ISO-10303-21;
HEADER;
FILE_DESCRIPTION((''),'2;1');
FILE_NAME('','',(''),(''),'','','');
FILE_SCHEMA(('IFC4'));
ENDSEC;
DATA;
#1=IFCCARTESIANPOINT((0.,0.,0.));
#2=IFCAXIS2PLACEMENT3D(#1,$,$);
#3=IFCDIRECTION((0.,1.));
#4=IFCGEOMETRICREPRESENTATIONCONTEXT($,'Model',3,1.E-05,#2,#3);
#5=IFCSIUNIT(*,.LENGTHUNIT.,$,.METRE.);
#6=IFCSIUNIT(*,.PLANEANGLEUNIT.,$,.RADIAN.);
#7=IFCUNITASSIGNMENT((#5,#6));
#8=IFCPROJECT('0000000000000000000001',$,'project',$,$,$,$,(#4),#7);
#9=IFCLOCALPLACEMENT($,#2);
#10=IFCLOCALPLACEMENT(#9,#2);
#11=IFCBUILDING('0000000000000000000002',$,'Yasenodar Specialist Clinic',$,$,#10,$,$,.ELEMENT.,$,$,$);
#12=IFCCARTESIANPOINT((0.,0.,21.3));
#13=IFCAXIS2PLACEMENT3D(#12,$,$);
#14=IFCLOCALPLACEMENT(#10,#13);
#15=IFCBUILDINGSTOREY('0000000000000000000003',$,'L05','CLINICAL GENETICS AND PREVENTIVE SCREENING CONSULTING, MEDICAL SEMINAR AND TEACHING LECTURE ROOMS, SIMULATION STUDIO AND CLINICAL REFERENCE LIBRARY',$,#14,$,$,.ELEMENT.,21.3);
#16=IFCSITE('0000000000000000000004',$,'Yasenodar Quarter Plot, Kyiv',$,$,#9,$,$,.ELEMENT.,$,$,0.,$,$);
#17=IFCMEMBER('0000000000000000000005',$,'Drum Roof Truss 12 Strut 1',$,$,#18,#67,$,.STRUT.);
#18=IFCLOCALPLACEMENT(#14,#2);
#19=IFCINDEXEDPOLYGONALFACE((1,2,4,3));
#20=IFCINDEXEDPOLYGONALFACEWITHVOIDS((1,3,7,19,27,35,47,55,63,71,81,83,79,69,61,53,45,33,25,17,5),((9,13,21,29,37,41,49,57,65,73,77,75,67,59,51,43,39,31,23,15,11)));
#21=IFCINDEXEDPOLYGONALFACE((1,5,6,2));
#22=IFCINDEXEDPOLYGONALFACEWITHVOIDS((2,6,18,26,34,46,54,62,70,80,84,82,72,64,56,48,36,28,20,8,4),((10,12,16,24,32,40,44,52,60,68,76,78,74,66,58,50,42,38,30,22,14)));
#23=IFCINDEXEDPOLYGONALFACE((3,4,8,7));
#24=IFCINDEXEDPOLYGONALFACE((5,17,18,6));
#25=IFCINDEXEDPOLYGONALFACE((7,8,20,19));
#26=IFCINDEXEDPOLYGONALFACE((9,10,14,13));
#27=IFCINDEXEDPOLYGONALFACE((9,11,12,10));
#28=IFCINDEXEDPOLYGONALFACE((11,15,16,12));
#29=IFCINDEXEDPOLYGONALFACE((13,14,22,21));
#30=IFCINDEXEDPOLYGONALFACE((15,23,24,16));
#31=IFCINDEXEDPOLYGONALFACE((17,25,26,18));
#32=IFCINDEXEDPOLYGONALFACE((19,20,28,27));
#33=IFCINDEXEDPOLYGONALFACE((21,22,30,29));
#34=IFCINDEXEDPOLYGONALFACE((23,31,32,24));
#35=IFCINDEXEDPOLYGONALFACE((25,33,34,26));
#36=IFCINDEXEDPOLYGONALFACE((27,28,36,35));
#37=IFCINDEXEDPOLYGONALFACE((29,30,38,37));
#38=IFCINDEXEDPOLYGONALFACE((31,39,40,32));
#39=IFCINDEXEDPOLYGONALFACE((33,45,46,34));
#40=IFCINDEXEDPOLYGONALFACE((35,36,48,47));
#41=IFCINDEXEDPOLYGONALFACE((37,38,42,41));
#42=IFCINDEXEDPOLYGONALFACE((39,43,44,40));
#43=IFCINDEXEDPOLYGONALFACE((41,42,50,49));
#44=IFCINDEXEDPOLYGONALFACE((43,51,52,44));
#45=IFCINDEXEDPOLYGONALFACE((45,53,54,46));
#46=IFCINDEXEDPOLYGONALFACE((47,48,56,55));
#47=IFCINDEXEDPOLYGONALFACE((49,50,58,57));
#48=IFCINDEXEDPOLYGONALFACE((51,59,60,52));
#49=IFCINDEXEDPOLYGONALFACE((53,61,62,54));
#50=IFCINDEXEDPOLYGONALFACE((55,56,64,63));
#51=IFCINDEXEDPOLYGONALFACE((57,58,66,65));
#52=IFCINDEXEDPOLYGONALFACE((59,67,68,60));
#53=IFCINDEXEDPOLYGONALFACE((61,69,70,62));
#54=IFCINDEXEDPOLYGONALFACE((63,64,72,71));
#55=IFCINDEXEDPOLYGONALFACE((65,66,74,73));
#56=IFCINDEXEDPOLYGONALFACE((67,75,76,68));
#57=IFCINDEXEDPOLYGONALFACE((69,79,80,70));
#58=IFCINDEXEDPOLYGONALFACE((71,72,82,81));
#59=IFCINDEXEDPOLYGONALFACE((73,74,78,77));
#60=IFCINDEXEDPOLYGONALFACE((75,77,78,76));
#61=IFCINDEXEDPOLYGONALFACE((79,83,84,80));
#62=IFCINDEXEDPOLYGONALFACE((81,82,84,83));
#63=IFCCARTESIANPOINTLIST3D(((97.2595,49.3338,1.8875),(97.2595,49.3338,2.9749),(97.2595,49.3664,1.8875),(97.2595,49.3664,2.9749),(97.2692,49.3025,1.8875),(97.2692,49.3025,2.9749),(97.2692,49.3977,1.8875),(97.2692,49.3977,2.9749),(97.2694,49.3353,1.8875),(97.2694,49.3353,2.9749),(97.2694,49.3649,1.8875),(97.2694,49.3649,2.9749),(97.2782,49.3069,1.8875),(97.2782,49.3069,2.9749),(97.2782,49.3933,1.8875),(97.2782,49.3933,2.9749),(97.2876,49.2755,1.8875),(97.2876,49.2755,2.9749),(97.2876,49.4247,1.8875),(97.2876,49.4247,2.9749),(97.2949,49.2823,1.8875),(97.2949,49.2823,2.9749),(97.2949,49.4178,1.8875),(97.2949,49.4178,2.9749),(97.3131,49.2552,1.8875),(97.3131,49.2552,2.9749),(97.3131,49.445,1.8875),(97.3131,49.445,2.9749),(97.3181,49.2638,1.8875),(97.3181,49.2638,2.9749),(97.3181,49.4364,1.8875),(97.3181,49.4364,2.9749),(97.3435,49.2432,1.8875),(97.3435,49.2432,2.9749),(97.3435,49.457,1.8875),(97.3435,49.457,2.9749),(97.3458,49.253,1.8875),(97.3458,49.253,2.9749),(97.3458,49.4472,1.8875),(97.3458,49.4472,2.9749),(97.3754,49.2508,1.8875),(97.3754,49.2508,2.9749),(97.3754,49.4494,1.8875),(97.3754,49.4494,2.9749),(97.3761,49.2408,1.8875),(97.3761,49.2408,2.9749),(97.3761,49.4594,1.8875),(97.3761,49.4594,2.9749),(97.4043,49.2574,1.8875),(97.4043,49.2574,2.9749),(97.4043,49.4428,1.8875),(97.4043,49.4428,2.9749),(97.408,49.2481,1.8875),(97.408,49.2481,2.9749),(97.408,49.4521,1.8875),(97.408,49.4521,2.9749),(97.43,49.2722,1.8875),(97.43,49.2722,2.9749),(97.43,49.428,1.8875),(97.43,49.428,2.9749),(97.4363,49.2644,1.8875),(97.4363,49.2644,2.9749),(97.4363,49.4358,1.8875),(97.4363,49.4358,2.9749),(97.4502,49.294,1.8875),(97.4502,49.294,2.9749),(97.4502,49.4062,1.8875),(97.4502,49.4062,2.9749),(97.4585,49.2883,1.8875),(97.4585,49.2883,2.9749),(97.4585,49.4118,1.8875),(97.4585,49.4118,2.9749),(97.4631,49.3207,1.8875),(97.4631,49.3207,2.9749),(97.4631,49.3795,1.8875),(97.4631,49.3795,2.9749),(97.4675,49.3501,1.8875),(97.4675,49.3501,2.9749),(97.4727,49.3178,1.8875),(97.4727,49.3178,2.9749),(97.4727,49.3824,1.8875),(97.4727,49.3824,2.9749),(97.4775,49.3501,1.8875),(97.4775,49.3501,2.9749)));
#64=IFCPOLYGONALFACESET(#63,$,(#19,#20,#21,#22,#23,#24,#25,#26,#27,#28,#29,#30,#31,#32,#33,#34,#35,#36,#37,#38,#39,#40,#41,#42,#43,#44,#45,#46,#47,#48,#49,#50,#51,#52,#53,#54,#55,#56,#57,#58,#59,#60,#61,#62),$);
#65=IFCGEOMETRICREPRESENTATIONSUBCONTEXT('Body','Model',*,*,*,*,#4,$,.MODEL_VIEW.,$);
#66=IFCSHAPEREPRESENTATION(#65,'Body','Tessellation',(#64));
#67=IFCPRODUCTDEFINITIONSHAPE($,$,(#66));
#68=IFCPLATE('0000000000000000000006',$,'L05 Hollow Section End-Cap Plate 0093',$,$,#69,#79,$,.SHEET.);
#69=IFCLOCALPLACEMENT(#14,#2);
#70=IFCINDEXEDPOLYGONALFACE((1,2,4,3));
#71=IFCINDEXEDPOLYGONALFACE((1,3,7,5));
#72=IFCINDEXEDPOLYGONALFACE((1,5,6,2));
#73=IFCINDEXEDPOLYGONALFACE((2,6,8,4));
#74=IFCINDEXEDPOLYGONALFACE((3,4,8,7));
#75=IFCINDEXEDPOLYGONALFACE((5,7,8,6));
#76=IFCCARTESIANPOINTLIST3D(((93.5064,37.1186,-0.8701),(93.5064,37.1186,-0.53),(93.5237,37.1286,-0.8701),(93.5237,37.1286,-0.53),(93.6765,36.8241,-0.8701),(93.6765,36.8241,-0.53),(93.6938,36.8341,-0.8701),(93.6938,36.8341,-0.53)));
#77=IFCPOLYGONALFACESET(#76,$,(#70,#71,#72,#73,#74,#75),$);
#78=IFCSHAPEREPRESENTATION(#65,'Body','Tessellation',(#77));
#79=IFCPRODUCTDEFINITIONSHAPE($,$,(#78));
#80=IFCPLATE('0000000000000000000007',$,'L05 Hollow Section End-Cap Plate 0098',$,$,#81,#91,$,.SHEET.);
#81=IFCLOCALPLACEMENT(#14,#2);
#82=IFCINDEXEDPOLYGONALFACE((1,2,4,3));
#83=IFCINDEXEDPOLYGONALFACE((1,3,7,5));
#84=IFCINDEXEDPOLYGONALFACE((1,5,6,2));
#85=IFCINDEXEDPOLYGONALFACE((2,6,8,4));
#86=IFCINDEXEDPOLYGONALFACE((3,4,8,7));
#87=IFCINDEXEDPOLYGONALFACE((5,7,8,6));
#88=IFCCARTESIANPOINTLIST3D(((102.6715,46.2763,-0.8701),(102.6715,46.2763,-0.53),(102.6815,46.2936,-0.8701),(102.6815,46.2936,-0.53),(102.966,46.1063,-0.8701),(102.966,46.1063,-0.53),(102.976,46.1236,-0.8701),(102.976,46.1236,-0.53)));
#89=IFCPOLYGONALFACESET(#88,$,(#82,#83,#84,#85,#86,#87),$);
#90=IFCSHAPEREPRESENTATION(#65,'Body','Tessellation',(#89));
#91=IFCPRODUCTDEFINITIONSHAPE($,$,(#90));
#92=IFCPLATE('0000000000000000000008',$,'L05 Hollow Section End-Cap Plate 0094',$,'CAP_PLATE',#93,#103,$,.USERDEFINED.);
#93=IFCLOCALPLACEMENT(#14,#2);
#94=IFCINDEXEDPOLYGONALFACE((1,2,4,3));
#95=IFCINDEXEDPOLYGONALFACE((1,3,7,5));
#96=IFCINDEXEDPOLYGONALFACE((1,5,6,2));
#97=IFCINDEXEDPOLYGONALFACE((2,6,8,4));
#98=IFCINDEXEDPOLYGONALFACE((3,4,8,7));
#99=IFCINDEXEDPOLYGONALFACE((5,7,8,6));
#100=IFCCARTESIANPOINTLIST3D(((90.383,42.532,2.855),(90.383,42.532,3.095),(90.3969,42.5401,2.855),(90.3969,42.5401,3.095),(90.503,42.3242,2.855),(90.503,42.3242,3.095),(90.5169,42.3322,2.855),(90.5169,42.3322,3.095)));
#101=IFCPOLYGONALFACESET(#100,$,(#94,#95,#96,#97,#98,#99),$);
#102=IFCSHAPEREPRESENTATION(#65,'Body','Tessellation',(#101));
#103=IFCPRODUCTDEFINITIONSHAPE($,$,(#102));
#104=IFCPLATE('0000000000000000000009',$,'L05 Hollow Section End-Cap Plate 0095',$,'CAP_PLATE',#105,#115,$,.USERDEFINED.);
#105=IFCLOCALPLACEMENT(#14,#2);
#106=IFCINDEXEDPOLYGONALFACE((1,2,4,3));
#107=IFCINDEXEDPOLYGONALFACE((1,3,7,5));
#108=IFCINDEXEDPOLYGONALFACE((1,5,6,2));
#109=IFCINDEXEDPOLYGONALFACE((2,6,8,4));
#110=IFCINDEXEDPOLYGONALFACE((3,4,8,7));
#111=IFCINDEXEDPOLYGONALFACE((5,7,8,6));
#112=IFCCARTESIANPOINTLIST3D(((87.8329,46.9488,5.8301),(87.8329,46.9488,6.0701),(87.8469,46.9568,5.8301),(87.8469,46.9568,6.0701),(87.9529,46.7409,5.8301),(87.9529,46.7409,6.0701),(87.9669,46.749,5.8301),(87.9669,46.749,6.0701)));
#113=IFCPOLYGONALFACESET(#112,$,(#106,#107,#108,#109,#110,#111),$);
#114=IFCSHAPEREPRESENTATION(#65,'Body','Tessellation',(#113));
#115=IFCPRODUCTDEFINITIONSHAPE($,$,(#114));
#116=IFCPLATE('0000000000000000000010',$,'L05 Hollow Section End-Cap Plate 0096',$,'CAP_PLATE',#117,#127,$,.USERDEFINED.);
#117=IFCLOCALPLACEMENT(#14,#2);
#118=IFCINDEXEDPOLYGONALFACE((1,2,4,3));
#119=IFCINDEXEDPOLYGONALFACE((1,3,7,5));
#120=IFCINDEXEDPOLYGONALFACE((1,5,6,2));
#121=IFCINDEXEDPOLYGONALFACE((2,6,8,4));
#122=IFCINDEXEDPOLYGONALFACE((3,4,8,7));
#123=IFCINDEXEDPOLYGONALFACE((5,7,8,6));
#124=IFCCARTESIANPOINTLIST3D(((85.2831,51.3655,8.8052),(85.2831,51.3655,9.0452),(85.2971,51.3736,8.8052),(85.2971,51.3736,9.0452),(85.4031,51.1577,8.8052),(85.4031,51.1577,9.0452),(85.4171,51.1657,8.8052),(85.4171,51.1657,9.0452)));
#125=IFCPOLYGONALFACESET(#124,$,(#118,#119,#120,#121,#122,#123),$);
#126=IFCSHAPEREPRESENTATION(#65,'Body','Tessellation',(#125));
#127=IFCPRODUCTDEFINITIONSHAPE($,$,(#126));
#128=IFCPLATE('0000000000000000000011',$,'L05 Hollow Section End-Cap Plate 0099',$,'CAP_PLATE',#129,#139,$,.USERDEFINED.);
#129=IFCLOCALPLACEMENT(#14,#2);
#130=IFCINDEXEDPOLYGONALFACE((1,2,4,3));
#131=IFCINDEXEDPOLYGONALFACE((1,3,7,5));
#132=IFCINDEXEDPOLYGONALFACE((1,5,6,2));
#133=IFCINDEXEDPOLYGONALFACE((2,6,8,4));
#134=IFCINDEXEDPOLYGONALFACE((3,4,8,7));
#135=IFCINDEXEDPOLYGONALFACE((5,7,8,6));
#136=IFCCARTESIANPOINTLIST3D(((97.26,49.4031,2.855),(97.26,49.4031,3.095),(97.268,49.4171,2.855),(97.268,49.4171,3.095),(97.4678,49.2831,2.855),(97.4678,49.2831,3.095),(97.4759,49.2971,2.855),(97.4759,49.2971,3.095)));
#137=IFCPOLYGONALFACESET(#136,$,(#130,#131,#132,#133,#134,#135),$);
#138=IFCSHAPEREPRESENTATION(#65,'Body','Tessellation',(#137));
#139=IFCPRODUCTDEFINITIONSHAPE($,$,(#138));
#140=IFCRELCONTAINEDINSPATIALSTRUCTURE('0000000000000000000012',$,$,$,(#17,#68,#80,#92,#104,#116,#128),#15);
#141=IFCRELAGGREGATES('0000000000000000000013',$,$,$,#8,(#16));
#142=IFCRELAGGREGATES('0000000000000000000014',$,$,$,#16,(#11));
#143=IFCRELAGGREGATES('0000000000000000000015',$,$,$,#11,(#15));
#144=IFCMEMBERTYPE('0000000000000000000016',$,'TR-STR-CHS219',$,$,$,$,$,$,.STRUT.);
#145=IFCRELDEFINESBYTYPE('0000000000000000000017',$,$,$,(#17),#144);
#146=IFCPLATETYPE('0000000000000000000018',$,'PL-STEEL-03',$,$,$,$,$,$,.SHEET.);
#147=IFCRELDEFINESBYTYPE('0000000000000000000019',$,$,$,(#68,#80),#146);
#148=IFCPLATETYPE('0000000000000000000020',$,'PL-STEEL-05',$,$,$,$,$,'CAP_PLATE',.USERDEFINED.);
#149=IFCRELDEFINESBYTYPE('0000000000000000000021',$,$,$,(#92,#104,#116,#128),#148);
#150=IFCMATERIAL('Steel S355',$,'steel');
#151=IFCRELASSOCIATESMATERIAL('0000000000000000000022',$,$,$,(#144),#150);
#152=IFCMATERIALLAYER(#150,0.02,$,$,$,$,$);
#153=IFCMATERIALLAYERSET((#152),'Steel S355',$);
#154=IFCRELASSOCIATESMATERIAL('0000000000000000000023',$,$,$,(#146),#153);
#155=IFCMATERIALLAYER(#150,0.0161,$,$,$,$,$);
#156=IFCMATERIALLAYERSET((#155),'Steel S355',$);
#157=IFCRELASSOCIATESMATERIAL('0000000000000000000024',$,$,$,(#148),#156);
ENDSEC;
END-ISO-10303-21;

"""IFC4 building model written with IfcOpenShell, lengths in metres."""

from ifc_helpers import new_model, si_unit, direction, frame, origin, origin_2d, place, context, subcontext, project, spatial, rectangle, hollow_circle, extrude, material, layer, layer_set, material_profile, profile_set, type_object, element, save


model = new_model("IFC4")

# Units and contexts
model_context = context("Model", 3, precision=1e-05, world=origin(), true_north=direction((0.0, 1.0)))
body_context = subcontext(model_context, "Body", "Model", "MODEL_VIEW")
ifc_project = project(units=[si_unit("LENGTHUNIT", "METRE"), si_unit("PLANEANGLEUNIT", "RADIAN")], contexts=[model_context])

# Site, building, storey
site_placement = place(None, origin())
site = spatial("IfcSite", under=ifc_project, at=site_placement, Name="Yasenodar Quarter Plot, Kyiv", CompositionType="ELEMENT", RefElevation=0.0)
building_placement = place(site_placement, origin())
building = spatial("IfcBuilding", under=site, at=building_placement, Name="Yasenodar Specialist Clinic", CompositionType="ELEMENT")
storey_placement = place(building_placement, frame((0.0, 0.0, 21.3)))
storey = spatial("IfcBuildingStorey", under=building, at=storey_placement, Name="L05", Description="CLINICAL GENETICS AND PREVENTIVE SCREENING CONSULTING, MEDICAL SEMINAR AND TEACHING LECTURE ROOMS, SIMULATION STUDIO AND CLINICAL REFERENCE LIBRARY", CompositionType="ELEMENT", Elevation=21.3)

# Member
ifc_material = material(Name="Steel S355", Category="steel")
ifc_material_profile_1 = material_profile(ifc_material, hollow_circle(Radius=0.1096, WallThickness=0.01, at=origin_2d()), Name="CHS 219.1x10")
ifc_profile_set_1 = profile_set([ifc_material_profile_1], Name="Steel S355")
member_type_1 = type_object("IfcMemberType", Name="TR-STR-CHS219", PredefinedType="STRUT", material=ifc_profile_set_1)
member_1_placement = place(storey_placement, frame((97.3679, 49.3501, 1.8875), z_axis=(0.0, 0.0, 1.0), x_axis=(1.0, 0.0, 0.0)))
element("IfcMember", 1, at=member_1_placement, inside=storey, type_object=member_type_1, Name="Drum Roof Truss 12 Strut 1", PredefinedType="STRUT", context=body_context, shape_type="SweptSolid", body=[
    extrude(hollow_circle(Radius=0.1096, WallThickness=0.01, at=origin_2d()), origin(), (0.0, 0.0, 1.0), 1.0874),
])

# Plates
ifc_layer_1 = layer(ifc_material, 0.02)
ifc_layer_set_1 = layer_set([ifc_layer_1], Name="Steel S355")
plate_type_1 = type_object("IfcPlateType", Name="PL-STEEL-03", PredefinedType="SHEET", material=ifc_layer_set_1)
for number, where, z_axis, x_axis, name in (
    (2, (93.6001, 36.9763, -0.8701), (0.0, 0.0, 1.0), (0.5, -0.866025, 0.0), "L05 Hollow Section End-Cap Plate 0093"),
    (3, (102.8237, 46.2, -0.8701), (0.0, 0.0, 1.0), (0.866025, -0.5, 0.0), "L05 Hollow Section End-Cap Plate 0098"),
):
    element("IfcPlate", number, at=place(storey_placement, frame(where, z_axis=z_axis, x_axis=x_axis)), inside=storey, type_object=plate_type_1, Name=name, PredefinedType="SHEET", context=body_context, shape_type="SweptSolid", body=[
        extrude(rectangle(XDim=0.3401, YDim=0.02, at=origin_2d()), origin(), (0.0, 0.0, 1.0), 0.3401),
    ])
ifc_layer_2 = layer(ifc_material, 0.0161)
ifc_layer_set_2 = layer_set([ifc_layer_2], Name="Steel S355")
plate_type_2 = type_object("IfcPlateType", Name="PL-STEEL-05", ElementType="CAP_PLATE", PredefinedType="USERDEFINED", material=ifc_layer_set_2)
for number, where, z_axis, x_axis, name in (
    (4, (90.45, 42.4321, 2.855), (0.0, 0.0, 1.0), (0.5, -0.866025, 0.0), "L05 Hollow Section End-Cap Plate 0094"),
    (5, (87.8999, 46.8489, 5.8301), (0.0, 0.0, 1.0), (0.5, -0.866025, 0.0), "L05 Hollow Section End-Cap Plate 0095"),
    (6, (85.3501, 51.2656, 8.8052), (0.0, 0.0, 1.0), (0.5, -0.866025, 0.0), "L05 Hollow Section End-Cap Plate 0096"),
    (7, (97.3679, 49.3501, 2.855), (0.0, 0.0, 1.0), (0.866025, -0.5, 0.0), "L05 Hollow Section End-Cap Plate 0099"),
):
    element("IfcPlate", number, at=place(storey_placement, frame(where, z_axis=z_axis, x_axis=x_axis)), inside=storey, type_object=plate_type_2, Name=name, ObjectType="CAP_PLATE", PredefinedType="USERDEFINED", context=body_context, shape_type="SweptSolid", body=[
        extrude(rectangle(XDim=0.24, YDim=0.0161, at=origin_2d()), origin(), (0.0, 0.0, 1.0), 0.24),
    ])

save(model, "model.ifc")
